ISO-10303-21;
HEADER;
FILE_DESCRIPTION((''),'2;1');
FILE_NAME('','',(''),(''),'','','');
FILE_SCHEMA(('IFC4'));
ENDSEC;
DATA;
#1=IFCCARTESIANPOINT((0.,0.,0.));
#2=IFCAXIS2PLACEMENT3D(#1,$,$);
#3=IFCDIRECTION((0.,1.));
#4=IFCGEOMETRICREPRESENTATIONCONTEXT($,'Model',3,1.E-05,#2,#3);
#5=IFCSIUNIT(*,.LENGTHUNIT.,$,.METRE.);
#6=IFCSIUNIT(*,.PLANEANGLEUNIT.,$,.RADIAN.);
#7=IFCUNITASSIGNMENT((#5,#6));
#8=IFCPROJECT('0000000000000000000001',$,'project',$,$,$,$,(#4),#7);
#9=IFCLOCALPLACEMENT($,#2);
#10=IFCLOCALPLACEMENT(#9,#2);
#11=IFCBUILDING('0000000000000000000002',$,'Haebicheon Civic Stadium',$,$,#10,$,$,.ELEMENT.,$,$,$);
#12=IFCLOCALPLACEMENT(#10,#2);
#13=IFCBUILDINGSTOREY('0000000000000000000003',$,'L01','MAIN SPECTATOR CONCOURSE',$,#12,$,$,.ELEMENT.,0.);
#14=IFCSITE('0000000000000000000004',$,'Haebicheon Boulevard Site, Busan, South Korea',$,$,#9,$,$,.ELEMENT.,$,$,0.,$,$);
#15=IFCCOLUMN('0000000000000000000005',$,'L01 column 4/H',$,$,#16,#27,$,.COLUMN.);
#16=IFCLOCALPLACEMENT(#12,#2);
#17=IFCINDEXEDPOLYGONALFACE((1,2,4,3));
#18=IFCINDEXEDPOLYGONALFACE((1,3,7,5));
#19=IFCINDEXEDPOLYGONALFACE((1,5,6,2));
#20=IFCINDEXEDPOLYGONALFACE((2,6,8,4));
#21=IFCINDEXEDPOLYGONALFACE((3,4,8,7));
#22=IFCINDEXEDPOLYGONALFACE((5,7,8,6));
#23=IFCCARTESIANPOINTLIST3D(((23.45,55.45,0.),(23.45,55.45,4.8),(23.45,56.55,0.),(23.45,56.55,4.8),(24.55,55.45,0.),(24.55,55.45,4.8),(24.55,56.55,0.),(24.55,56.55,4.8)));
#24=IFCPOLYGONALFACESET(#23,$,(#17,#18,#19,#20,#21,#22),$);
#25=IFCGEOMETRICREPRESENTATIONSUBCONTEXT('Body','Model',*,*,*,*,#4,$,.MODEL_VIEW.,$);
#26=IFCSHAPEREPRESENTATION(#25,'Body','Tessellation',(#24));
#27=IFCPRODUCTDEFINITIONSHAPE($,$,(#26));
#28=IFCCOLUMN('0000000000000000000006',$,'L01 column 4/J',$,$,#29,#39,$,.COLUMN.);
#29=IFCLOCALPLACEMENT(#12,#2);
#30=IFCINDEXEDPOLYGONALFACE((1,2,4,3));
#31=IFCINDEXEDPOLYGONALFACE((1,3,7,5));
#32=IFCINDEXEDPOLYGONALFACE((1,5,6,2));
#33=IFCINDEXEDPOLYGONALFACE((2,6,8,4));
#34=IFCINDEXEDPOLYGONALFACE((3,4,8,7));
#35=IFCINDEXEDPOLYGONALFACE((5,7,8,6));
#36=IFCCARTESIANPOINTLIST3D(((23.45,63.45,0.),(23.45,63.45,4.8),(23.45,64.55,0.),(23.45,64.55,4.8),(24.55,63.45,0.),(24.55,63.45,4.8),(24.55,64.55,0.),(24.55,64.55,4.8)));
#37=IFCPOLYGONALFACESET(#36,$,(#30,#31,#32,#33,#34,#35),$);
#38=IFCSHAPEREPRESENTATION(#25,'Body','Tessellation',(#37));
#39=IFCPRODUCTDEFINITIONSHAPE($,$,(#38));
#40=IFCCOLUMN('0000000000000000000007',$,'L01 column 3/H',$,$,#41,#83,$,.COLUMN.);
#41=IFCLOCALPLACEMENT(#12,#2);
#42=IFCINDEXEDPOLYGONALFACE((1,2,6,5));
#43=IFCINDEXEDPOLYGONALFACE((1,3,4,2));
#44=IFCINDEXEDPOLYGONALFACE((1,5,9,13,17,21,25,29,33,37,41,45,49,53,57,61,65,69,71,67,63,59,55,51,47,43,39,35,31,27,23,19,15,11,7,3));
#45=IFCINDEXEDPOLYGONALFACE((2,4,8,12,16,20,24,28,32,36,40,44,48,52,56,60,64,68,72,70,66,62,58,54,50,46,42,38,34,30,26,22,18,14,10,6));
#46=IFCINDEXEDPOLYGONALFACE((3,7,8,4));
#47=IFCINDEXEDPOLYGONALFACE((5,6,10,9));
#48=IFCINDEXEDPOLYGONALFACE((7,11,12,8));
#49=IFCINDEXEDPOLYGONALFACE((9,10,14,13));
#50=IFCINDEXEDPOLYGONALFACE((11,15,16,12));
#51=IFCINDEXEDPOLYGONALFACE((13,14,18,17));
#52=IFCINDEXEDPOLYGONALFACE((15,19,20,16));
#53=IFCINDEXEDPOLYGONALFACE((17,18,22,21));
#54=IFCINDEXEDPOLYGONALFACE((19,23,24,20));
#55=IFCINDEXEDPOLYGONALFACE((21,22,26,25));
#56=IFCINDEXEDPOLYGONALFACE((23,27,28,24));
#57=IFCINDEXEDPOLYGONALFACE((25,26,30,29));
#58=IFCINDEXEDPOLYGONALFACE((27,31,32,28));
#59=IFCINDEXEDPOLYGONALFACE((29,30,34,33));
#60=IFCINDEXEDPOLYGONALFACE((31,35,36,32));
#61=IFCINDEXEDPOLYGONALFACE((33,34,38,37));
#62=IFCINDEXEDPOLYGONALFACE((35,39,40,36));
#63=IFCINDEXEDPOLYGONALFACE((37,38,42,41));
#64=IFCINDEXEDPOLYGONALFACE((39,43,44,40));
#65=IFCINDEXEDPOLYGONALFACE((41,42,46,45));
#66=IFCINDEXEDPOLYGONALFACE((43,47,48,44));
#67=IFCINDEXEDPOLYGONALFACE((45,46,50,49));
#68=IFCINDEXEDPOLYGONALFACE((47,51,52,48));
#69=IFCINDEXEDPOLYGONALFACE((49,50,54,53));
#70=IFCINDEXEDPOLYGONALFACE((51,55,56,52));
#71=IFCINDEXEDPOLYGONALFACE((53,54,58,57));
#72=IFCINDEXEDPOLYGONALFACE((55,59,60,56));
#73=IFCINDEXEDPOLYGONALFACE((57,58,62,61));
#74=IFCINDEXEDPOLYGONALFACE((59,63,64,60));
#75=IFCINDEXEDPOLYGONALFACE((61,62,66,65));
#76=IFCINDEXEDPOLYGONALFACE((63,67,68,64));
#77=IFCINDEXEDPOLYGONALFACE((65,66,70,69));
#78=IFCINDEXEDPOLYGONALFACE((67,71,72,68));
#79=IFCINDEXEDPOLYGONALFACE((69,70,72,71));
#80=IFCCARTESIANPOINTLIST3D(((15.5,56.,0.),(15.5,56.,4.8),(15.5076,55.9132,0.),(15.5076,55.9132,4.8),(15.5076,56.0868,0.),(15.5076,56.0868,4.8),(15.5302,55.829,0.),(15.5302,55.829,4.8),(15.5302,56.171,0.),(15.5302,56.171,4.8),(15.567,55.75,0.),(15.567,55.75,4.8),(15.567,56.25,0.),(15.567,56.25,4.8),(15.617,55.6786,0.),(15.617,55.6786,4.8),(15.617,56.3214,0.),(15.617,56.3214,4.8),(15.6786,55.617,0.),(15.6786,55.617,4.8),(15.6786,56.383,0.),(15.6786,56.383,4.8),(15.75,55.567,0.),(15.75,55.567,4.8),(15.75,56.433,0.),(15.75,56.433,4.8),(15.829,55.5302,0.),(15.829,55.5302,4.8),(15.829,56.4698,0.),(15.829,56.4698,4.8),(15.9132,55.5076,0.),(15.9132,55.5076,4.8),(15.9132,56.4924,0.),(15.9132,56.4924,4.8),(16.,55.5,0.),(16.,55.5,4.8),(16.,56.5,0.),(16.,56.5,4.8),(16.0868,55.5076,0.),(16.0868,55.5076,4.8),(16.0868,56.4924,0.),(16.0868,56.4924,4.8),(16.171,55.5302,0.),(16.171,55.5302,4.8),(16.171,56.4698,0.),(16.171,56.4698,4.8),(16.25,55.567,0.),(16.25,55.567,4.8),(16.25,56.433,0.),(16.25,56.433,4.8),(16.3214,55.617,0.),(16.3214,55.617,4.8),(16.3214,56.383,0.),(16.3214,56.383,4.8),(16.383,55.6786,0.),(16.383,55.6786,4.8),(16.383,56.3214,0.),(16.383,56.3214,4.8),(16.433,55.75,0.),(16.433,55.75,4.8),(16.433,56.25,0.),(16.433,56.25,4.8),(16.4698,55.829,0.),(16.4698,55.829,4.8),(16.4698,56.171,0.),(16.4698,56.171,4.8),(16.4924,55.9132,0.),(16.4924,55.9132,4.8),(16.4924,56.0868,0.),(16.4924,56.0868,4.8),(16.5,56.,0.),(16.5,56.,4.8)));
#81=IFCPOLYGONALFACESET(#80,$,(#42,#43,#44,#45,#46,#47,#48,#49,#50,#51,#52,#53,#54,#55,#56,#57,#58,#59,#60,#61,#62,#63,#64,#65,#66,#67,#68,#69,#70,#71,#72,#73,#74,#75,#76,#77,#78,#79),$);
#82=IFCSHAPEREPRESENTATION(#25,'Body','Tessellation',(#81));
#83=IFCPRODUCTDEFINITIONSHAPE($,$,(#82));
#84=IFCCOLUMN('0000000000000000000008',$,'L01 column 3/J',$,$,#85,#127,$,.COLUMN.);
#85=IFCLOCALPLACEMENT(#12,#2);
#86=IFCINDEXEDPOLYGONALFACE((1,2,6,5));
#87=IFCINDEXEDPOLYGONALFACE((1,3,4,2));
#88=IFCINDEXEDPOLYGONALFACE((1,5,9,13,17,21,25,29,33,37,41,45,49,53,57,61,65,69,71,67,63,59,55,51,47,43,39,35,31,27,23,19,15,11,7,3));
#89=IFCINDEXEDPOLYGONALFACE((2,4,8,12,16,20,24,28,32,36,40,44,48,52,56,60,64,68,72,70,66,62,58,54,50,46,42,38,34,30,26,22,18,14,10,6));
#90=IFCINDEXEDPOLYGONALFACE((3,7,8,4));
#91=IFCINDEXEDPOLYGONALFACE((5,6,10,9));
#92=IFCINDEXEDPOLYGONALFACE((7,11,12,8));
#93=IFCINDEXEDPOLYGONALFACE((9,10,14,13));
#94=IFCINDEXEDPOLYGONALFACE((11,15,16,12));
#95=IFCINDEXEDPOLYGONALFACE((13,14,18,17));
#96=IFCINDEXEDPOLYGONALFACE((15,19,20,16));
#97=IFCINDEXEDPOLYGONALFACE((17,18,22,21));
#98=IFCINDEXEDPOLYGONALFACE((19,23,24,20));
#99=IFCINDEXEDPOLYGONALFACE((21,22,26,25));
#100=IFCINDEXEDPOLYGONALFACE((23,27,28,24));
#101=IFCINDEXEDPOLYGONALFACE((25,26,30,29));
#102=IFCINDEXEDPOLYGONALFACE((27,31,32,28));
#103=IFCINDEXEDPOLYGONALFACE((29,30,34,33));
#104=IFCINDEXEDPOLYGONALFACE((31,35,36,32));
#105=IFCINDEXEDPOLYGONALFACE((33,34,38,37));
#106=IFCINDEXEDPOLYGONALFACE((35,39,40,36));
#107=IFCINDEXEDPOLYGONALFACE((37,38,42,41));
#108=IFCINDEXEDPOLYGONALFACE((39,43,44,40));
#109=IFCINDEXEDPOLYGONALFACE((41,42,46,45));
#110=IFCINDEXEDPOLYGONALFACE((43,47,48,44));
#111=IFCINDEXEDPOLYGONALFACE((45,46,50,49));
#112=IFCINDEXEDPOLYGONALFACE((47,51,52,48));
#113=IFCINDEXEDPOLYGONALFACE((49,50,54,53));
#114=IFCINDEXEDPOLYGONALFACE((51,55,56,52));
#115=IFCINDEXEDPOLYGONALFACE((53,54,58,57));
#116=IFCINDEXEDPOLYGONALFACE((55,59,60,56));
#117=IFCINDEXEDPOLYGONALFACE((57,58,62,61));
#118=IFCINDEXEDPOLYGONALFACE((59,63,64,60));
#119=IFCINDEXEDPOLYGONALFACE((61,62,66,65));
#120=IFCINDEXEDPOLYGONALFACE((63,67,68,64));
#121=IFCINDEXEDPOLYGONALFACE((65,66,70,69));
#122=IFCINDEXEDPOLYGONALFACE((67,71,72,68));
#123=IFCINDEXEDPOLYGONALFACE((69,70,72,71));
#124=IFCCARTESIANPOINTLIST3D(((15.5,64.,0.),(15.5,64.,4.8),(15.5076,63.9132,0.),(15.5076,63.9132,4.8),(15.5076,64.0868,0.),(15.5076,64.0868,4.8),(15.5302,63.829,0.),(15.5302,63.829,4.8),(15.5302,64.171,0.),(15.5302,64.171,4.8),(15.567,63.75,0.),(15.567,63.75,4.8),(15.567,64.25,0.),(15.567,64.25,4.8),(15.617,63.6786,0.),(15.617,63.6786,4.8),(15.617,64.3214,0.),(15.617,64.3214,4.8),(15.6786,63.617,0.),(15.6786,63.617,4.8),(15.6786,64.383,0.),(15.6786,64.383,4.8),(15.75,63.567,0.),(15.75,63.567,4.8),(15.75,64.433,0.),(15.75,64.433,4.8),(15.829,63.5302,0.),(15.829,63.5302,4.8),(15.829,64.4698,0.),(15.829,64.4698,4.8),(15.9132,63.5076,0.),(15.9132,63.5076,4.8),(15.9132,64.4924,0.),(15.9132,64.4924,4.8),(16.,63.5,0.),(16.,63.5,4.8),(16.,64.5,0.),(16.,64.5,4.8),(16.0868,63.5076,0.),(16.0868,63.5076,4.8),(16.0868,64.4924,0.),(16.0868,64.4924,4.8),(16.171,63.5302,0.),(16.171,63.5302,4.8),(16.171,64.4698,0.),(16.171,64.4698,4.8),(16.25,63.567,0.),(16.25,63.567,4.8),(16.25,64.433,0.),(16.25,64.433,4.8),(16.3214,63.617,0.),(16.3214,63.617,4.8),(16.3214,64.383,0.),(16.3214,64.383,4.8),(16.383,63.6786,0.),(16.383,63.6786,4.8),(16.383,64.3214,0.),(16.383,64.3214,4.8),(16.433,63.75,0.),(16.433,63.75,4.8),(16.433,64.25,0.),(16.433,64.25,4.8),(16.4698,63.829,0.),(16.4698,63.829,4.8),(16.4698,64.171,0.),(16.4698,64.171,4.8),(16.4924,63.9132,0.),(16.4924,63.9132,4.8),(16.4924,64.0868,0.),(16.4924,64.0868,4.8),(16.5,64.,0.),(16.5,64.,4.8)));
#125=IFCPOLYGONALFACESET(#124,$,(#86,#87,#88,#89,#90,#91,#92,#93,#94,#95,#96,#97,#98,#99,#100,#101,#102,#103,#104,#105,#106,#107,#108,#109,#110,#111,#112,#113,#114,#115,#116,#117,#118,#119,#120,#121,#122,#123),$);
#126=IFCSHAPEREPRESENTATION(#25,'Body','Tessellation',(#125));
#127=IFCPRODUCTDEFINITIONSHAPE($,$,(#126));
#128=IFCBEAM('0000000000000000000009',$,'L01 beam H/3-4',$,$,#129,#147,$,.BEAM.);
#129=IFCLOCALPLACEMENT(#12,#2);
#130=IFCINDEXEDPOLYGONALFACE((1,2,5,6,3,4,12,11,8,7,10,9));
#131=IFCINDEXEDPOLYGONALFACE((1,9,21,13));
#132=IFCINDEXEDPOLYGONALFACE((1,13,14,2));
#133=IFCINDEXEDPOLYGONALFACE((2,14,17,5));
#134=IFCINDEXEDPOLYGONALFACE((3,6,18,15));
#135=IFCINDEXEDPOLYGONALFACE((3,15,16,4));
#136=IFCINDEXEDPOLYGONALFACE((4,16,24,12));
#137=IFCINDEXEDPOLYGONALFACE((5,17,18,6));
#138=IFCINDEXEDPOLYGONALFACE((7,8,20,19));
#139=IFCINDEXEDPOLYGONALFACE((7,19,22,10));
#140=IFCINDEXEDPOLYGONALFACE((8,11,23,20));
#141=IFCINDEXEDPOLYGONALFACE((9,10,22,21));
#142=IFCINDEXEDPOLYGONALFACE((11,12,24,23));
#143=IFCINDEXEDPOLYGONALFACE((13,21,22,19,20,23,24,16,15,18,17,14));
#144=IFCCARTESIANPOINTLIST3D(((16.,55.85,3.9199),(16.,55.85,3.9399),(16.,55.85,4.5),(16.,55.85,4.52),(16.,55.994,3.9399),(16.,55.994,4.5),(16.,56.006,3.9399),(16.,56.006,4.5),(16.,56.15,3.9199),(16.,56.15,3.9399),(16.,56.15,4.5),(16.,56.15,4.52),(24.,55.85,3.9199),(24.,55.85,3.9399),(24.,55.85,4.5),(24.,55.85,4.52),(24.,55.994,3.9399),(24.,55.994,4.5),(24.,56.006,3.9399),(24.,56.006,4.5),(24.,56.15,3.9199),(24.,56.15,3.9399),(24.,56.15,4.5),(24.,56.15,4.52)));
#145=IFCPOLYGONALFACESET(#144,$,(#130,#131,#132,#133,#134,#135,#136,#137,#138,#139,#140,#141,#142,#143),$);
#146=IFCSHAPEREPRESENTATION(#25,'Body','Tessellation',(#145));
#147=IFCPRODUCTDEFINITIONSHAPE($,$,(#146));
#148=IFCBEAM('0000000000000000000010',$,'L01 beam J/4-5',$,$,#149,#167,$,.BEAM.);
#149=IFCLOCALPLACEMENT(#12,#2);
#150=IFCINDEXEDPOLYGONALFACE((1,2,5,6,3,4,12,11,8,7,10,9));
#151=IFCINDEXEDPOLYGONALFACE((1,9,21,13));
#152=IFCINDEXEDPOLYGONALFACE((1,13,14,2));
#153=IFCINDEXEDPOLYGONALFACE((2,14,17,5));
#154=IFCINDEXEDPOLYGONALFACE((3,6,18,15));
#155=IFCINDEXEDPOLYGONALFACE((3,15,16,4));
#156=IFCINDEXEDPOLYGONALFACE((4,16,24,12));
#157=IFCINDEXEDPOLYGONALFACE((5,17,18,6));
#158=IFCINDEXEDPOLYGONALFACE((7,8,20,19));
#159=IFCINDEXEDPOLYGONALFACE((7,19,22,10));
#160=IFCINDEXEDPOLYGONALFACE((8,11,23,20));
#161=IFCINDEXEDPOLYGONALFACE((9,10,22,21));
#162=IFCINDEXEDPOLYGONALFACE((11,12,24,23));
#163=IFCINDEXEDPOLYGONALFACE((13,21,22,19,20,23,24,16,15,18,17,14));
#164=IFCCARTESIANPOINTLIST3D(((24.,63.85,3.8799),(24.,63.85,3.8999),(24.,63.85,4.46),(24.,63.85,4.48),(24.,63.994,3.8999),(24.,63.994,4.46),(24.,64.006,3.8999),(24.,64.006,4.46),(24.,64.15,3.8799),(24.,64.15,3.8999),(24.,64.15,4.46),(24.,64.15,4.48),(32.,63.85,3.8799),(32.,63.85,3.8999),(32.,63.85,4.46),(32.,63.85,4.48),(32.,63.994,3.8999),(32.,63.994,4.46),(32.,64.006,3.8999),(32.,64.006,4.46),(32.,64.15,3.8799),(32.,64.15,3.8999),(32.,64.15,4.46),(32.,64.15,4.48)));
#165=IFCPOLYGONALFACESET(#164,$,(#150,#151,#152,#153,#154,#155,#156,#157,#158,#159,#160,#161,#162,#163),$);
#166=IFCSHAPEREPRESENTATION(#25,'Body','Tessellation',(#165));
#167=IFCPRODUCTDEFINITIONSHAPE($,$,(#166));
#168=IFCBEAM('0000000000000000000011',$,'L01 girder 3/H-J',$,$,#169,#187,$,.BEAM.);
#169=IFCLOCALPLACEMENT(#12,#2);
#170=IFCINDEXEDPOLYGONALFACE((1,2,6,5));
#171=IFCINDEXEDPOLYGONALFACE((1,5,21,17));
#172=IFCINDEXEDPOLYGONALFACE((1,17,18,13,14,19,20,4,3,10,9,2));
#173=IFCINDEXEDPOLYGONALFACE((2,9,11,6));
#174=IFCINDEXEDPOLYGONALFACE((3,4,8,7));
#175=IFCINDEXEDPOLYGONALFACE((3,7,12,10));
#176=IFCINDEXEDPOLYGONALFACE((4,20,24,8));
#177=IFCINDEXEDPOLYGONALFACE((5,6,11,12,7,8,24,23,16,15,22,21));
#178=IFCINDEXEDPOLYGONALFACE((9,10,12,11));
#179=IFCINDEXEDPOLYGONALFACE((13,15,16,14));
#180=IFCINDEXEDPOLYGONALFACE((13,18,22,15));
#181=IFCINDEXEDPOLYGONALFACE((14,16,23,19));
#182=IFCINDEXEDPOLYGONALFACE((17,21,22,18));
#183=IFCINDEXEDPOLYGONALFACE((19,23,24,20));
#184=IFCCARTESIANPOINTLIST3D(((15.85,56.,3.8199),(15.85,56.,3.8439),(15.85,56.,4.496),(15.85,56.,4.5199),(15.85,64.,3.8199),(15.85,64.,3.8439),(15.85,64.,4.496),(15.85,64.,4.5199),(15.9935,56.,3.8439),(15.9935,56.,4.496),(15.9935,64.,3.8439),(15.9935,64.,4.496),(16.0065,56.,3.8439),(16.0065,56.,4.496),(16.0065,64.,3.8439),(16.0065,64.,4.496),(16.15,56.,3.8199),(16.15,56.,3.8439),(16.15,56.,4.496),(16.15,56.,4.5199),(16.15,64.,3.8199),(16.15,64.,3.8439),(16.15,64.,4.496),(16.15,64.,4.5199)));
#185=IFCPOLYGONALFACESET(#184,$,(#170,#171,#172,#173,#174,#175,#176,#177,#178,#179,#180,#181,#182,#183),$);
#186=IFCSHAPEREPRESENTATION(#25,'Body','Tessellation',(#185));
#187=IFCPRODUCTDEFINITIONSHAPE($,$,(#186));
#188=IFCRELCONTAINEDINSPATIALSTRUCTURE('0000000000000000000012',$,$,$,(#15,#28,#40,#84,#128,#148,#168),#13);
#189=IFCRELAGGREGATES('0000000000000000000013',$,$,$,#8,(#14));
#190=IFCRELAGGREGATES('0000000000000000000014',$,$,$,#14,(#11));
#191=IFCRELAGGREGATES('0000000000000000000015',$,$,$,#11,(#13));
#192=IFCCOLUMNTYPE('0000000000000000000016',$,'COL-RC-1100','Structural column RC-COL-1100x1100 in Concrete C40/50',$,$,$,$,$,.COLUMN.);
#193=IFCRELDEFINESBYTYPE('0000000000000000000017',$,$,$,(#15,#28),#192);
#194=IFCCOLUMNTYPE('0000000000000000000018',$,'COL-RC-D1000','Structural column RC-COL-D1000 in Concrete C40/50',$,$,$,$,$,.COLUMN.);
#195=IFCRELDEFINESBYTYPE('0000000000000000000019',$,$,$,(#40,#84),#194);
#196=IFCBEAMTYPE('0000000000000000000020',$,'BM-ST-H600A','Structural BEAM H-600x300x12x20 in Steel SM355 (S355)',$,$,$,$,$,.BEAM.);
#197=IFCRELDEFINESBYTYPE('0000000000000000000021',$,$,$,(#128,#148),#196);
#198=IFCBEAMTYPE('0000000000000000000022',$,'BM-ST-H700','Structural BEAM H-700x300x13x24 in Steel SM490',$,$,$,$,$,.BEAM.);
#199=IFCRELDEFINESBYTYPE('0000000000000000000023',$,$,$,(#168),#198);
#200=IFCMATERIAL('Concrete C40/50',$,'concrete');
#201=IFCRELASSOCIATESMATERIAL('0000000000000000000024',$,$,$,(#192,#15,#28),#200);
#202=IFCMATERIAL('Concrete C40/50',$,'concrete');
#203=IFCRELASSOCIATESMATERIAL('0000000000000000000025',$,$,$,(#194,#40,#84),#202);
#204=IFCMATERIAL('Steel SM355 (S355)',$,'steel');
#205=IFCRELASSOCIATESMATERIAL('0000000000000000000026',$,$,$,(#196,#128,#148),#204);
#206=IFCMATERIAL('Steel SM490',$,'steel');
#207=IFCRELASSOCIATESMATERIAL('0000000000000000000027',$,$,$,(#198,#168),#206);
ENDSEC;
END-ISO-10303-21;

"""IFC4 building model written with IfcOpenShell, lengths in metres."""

from ifc_helpers import new_model, si_unit, direction, frame, origin, origin_2d, place, context, subcontext, project, spatial, rectangle, circle, i_section, extrude, material, material_profile, profile_set, type_object, element, save


model = new_model("IFC4")

# Units and contexts
model_context = context("Model", 3, precision=1e-05, world=origin(), true_north=direction((0.0, 1.0)))
body_context = subcontext(model_context, "Body", "Model", "MODEL_VIEW")
ifc_project = project(units=[si_unit("LENGTHUNIT", "METRE"), si_unit("PLANEANGLEUNIT", "RADIAN")], contexts=[model_context])

# Site, building, storey
site_placement = place(None, origin())
site = spatial("IfcSite", under=ifc_project, at=site_placement, Name="Haebicheon Boulevard Site, Busan, South Korea", CompositionType="ELEMENT", RefElevation=0.0)
building_placement = place(site_placement, origin())
building = spatial("IfcBuilding", under=site, at=building_placement, Name="Haebicheon Civic Stadium", CompositionType="ELEMENT")
storey_placement = place(building_placement, origin())
storey = spatial("IfcBuildingStorey", under=building, at=storey_placement, Name="L01", Description="MAIN SPECTATOR CONCOURSE", CompositionType="ELEMENT", Elevation=0.0)

# Columns
ifc_material_1 = material(Name="Concrete C40/50", Category="concrete")
ifc_material_profile_1 = material_profile(ifc_material_1, rectangle(XDim=1.1001, YDim=1.1001, at=origin_2d()), Name="RC-COL-1100x1100")
ifc_profile_set_1 = profile_set([ifc_material_profile_1], Name="Concrete C40/50")
column_type_1 = type_object("IfcColumnType", Name="COL-RC-1100", Description="Structural column RC-COL-1100x1100 in Concrete C40/50", PredefinedType="COLUMN", material=ifc_profile_set_1)
for number, where, z_axis, x_axis, name in (
    (1, (24.0, 56.0, 0.0), (0.0, 0.0, 1.0), (1.0, 0.0, 0.0), "L01 column 4/H"),
    (2, (24.0, 64.0, 0.0), (0.0, 0.0, 1.0), (1.0, 0.0, 0.0), "L01 column 4/J"),
):
    element("IfcColumn", number, at=place(storey_placement, frame(where, z_axis=z_axis, x_axis=x_axis)), inside=storey, type_object=column_type_1, material=ifc_profile_set_1, Name=name, PredefinedType="COLUMN", context=body_context, shape_type="SweptSolid", body=[
        extrude(rectangle(XDim=1.1001, YDim=1.1001, at=origin_2d()), origin(), (0.0, 0.0, 1.0), 4.8),
    ])
ifc_material_2 = material(Name="Concrete C40/50", Category="concrete")
ifc_material_profile_2 = material_profile(ifc_material_2, circle(Radius=0.5, at=origin_2d()), Name="RC-COL-D1000")
ifc_profile_set_2 = profile_set([ifc_material_profile_2], Name="Concrete C40/50")
column_type_2 = type_object("IfcColumnType", Name="COL-RC-D1000", Description="Structural column RC-COL-D1000 in Concrete C40/50", PredefinedType="COLUMN", material=ifc_profile_set_2)
for number, where, z_axis, x_axis, name in (
    (3, (16.0, 56.0, 0.0), (0.0, 0.0, 1.0), (1.0, 0.0, 0.0), "L01 column 3/H"),
    (4, (16.0, 64.0, 0.0), (0.0, 0.0, 1.0), (1.0, 0.0, 0.0), "L01 column 3/J"),
):
    element("IfcColumn", number, at=place(storey_placement, frame(where, z_axis=z_axis, x_axis=x_axis)), inside=storey, type_object=column_type_2, material=ifc_profile_set_2, Name=name, PredefinedType="COLUMN", context=body_context, shape_type="SweptSolid", body=[
        extrude(circle(Radius=0.5, at=origin_2d()), origin(), (0.0, 0.0, 1.0), 4.8),
    ])

# Beams
ifc_material_3 = material(Name="Steel SM355 (S355)", Category="steel")
ifc_material_profile_3 = material_profile(ifc_material_3, i_section(OverallWidth=0.3, OverallDepth=0.6001, WebThickness=0.012, FlangeThickness=0.02, at=origin_2d()), Name="H-600x300x12x20")
ifc_profile_set_3 = profile_set([ifc_material_profile_3], Name="Steel SM355 (S355)")
beam_type_1 = type_object("IfcBeamType", Name="BM-ST-H600A", Description="Structural BEAM H-600x300x12x20 in Steel SM355 (S355)", PredefinedType="BEAM", material=ifc_profile_set_3)
for number, where, z_axis, x_axis, name in (
    (5, (16.0, 56.0, 4.22), (1.0, 0.0, 0.0), (0.0, 1.0, 0.0), "L01 beam H/3-4"),
    (6, (24.0, 64.0, 4.1799), (1.0, 0.0, 0.0), (0.0, 1.0, 0.0), "L01 beam J/4-5"),
):
    element("IfcBeam", number, at=place(storey_placement, frame(where, z_axis=z_axis, x_axis=x_axis)), inside=storey, type_object=beam_type_1, material=ifc_profile_set_3, Name=name, PredefinedType="BEAM", context=body_context, shape_type="SweptSolid", body=[
        extrude(i_section(OverallWidth=0.3, OverallDepth=0.6001, WebThickness=0.012, FlangeThickness=0.02, at=origin_2d()), origin(), (0.0, 0.0, 1.0), 8.0),
    ])
ifc_material_4 = material(Name="Steel SM490", Category="steel")
ifc_material_profile_4 = material_profile(ifc_material_4, i_section(OverallWidth=0.3, OverallDepth=0.7, WebThickness=0.0129, FlangeThickness=0.0239, at=origin_2d()), Name="H-700x300x13x24")
ifc_profile_set_4 = profile_set([ifc_material_profile_4], Name="Steel SM490")
beam_type_2 = type_object("IfcBeamType", Name="BM-ST-H700", Description="Structural BEAM H-700x300x13x24 in Steel SM490", PredefinedType="BEAM", material=ifc_profile_set_4)
for number, where, z_axis, x_axis, name in (
    (7, (16.0, 56.0, 4.1699), (0.0, 1.0, 0.0), (-1.0, 0.0, 0.0), "L01 girder 3/H-J"),
):
    element("IfcBeam", number, at=place(storey_placement, frame(where, z_axis=z_axis, x_axis=x_axis)), inside=storey, type_object=beam_type_2, material=ifc_profile_set_4, Name=name, PredefinedType="BEAM", context=body_context, shape_type="SweptSolid", body=[
        extrude(i_section(OverallWidth=0.3, OverallDepth=0.7, WebThickness=0.0129, FlangeThickness=0.0239, at=origin_2d()), origin(), (0.0, 0.0, 1.0), 8.0),
    ])

save(model, "model.ifc")
